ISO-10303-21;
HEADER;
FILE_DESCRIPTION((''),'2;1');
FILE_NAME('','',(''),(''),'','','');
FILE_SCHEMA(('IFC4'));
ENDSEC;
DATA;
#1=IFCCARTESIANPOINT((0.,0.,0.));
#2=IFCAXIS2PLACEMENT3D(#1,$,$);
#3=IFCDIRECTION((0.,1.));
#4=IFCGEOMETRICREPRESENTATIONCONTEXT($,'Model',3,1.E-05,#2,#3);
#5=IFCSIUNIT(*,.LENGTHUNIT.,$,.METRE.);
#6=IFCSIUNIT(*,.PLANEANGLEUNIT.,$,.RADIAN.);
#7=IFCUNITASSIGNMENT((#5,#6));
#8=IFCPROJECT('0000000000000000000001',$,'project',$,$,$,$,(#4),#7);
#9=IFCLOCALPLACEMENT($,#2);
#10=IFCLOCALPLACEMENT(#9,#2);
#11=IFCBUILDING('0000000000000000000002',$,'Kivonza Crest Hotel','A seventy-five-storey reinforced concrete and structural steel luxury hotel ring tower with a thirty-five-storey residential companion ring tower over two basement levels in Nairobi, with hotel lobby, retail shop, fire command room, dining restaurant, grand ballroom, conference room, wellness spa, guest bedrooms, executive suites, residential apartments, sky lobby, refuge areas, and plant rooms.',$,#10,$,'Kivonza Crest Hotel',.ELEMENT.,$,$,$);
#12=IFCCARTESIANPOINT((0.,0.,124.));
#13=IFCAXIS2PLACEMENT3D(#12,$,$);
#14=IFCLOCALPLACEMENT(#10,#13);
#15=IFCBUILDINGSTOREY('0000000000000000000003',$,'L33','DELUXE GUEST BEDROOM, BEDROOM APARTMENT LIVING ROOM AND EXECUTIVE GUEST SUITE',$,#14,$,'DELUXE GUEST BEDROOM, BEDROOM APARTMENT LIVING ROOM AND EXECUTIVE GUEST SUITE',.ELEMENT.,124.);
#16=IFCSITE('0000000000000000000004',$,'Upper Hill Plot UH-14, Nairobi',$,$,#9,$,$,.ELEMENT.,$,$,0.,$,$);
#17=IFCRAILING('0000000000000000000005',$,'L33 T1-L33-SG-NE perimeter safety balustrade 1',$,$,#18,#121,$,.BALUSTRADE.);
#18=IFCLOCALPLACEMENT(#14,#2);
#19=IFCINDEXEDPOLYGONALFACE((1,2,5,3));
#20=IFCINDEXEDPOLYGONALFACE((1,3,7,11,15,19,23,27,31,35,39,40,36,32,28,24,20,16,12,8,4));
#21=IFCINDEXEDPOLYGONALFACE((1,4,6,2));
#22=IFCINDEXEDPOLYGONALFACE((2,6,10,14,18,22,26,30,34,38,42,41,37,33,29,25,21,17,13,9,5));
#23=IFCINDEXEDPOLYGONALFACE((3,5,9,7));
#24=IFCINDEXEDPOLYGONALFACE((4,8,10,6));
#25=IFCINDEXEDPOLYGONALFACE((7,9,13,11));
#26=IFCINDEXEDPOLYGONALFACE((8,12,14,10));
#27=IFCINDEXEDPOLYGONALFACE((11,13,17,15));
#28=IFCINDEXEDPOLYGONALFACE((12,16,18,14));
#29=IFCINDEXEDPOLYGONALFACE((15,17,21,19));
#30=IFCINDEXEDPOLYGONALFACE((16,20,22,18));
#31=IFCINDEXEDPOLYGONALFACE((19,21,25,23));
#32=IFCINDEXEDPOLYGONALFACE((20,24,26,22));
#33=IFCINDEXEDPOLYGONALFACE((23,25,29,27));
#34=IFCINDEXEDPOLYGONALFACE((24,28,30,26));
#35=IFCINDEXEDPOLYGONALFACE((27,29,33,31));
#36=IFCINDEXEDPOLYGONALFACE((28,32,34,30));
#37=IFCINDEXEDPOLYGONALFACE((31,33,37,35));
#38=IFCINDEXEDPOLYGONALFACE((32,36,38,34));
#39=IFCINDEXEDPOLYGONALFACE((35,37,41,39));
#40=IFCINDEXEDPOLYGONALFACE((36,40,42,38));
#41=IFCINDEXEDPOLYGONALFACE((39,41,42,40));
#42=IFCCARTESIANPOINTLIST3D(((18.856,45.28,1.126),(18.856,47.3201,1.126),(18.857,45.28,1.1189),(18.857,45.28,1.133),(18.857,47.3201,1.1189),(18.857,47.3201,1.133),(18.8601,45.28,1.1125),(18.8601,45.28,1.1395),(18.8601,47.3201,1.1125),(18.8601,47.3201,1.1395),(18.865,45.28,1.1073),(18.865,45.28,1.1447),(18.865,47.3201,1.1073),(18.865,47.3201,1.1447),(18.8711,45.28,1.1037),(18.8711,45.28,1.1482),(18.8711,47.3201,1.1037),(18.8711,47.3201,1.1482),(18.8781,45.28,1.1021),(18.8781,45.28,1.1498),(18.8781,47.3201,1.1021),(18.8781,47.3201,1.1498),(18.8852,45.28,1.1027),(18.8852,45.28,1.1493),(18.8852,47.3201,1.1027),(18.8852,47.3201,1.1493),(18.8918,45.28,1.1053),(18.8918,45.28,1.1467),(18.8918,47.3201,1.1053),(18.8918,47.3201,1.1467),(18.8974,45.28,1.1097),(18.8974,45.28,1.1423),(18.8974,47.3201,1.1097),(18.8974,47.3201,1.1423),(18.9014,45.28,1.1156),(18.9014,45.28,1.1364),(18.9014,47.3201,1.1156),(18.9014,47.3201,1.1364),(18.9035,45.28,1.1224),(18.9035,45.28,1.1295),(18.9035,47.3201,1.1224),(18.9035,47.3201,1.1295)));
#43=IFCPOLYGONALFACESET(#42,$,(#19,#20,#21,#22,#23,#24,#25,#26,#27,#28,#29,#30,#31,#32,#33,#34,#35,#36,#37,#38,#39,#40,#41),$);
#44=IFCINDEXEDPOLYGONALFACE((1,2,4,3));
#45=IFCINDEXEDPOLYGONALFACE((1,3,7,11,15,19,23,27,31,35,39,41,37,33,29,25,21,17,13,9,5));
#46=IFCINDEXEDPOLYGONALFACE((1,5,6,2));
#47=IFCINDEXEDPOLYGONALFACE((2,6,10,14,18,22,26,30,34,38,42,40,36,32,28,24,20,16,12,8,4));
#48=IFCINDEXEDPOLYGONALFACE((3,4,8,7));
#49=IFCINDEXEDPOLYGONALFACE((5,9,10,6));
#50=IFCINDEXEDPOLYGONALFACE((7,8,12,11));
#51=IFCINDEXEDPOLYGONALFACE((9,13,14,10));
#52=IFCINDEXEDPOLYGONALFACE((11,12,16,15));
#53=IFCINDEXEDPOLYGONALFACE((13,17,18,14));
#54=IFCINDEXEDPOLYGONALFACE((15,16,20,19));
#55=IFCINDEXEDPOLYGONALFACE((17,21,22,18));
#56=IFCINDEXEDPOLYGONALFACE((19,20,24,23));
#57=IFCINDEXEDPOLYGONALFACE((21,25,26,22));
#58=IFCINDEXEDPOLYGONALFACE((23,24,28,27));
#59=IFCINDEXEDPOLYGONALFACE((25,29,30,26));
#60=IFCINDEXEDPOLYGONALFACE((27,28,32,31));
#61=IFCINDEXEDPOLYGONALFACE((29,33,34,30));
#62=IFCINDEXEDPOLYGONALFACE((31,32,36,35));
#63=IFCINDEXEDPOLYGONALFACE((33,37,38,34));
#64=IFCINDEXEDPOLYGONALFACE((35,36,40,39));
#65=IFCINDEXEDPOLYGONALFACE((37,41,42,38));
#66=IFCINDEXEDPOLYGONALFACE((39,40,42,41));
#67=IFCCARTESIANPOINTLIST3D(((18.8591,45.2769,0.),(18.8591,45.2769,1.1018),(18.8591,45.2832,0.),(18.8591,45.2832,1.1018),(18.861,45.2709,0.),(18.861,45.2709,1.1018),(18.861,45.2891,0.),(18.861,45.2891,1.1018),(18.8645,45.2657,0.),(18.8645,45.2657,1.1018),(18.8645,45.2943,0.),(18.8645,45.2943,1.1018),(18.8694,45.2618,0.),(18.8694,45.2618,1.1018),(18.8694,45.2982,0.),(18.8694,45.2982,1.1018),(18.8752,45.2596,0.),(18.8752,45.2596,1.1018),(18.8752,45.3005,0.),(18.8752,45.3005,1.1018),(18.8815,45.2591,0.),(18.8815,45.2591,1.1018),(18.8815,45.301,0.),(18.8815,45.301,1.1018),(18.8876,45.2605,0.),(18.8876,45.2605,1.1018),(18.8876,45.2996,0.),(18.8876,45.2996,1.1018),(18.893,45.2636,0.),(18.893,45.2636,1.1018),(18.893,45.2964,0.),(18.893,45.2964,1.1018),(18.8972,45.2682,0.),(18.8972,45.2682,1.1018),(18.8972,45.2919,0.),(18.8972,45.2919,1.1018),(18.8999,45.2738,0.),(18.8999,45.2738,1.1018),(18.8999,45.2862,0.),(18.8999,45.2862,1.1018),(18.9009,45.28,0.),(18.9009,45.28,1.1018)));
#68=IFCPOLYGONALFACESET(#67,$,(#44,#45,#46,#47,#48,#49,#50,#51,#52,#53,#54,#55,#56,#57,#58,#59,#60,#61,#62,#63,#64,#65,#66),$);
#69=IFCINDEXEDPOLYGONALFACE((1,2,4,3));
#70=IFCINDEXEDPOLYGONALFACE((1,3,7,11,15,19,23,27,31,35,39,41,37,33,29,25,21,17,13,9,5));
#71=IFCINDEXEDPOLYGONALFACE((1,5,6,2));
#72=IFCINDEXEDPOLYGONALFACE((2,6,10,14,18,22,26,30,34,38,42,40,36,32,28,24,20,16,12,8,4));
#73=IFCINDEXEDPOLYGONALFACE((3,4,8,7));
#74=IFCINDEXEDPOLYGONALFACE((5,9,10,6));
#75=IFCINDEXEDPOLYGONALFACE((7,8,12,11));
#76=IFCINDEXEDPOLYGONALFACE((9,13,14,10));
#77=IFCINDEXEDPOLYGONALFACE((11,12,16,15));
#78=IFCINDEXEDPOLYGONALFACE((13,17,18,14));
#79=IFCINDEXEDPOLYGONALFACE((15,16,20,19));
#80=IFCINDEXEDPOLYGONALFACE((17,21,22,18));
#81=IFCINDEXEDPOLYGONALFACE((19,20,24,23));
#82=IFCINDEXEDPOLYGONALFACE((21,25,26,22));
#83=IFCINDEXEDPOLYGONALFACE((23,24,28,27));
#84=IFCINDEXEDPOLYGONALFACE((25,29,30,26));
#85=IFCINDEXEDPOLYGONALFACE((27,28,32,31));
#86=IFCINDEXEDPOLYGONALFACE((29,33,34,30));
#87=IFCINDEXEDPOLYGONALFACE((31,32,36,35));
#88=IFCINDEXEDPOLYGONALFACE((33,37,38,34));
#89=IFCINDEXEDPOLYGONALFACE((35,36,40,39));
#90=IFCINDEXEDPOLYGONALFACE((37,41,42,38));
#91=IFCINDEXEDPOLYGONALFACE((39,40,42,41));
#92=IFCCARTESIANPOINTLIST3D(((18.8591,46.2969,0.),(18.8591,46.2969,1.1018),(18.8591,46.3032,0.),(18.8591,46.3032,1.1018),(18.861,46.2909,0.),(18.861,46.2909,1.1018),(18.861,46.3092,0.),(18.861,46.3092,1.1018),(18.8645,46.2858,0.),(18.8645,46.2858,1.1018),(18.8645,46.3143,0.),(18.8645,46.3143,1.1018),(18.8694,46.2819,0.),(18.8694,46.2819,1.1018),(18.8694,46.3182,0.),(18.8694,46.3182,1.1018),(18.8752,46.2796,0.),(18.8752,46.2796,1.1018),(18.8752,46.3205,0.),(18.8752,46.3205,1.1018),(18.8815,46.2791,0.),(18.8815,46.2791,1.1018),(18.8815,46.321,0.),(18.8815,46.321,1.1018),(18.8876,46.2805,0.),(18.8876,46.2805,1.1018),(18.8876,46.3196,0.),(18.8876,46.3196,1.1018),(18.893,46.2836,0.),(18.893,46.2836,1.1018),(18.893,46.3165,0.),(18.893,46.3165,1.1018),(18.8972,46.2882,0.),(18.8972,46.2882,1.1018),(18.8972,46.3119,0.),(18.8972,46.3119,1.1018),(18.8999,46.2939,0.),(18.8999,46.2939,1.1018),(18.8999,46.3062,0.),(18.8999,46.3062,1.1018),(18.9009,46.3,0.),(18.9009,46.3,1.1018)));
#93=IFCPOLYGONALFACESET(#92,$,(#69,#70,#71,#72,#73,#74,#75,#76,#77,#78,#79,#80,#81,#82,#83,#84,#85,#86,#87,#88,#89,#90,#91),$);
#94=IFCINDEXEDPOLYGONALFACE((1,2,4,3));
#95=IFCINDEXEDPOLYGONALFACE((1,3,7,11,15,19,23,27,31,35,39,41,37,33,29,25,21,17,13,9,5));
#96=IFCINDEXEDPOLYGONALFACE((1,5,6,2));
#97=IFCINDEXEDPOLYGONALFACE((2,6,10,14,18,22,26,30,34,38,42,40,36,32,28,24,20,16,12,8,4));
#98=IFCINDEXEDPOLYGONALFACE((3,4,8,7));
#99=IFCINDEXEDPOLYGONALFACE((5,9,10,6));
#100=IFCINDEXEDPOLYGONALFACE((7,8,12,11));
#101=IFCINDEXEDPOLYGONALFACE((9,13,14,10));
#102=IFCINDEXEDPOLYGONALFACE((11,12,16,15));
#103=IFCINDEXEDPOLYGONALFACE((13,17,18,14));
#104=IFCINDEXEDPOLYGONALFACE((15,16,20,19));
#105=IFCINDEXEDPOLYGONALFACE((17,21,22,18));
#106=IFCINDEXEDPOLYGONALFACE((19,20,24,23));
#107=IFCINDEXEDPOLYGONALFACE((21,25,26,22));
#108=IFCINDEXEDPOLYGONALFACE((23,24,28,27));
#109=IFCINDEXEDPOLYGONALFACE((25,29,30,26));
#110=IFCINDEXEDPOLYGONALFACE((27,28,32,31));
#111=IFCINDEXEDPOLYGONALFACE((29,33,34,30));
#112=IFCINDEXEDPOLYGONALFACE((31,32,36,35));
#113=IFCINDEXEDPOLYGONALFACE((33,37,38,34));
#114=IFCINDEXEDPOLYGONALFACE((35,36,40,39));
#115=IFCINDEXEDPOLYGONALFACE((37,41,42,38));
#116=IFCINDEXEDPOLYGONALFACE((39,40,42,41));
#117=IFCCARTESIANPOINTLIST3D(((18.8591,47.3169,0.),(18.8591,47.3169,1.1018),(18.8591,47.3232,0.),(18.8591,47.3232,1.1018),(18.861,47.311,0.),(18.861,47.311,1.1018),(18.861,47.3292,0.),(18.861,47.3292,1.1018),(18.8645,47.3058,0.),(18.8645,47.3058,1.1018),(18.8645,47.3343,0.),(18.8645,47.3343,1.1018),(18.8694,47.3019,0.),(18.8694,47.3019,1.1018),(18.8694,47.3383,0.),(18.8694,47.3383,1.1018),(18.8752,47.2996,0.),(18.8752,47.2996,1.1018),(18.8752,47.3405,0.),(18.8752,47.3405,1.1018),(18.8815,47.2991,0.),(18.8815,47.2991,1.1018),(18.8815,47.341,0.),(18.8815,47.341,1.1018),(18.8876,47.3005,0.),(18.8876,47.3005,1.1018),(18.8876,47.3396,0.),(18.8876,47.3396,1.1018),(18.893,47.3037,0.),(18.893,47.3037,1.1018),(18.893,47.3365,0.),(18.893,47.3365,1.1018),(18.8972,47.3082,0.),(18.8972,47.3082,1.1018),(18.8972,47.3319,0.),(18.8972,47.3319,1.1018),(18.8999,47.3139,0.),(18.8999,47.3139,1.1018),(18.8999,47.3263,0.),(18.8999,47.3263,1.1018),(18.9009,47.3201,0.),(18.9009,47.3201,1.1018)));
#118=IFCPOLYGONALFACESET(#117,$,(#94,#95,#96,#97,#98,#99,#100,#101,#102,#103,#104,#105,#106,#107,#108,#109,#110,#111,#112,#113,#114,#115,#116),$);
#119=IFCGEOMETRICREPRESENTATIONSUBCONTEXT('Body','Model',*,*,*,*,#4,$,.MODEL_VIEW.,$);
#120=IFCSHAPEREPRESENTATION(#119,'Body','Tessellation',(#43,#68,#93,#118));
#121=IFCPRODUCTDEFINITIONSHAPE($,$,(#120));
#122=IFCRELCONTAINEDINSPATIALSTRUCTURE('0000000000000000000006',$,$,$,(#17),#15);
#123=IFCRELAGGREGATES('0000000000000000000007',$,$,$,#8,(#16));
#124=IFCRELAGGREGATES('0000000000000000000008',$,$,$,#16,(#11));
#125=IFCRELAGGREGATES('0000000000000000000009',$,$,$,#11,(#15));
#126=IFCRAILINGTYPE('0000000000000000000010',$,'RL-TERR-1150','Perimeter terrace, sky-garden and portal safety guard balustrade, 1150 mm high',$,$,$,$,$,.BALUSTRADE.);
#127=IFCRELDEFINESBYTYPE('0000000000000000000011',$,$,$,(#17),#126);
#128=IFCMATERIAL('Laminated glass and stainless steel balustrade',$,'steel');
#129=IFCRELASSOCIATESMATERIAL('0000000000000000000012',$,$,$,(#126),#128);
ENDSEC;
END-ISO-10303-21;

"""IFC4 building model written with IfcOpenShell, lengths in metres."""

from ifc_helpers import new_model, si_unit, direction, frame, origin, origin_2d, place, context, subcontext, project, spatial, circle, extrude, material, type_object, element, save


model = new_model("IFC4")

# Units and contexts
model_context = context("Model", 3, precision=1e-05, world=origin(), true_north=direction((0.0, 1.0)))
body_context = subcontext(model_context, "Body", "Model", "MODEL_VIEW")
ifc_project = project(units=[si_unit("LENGTHUNIT", "METRE"), si_unit("PLANEANGLEUNIT", "RADIAN")], contexts=[model_context])

# Site, building, storey
site_placement = place(None, origin())
site = spatial("IfcSite", under=ifc_project, at=site_placement, Name="Upper Hill Plot UH-14, Nairobi", CompositionType="ELEMENT", RefElevation=0.0)
building_placement = place(site_placement, origin())
building = spatial("IfcBuilding", under=site, at=building_placement, Name="Kivonza Crest Hotel", Description="A seventy-five-storey reinforced concrete and structural steel luxury hotel ring tower with a thirty-five-storey residential companion ring tower over two basement levels in Nairobi, with hotel lobby, retail shop, fire command room, dining restaurant, grand ballroom, conference room, wellness spa, guest bedrooms, executive suites, residential apartments, sky lobby, refuge areas, and plant rooms.", LongName="Kivonza Crest Hotel", CompositionType="ELEMENT")
storey_placement = place(building_placement, frame((0.0, 0.0, 124.0)))
storey = spatial("IfcBuildingStorey", under=building, at=storey_placement, Name="L33", Description="DELUXE GUEST BEDROOM, BEDROOM APARTMENT LIVING ROOM AND EXECUTIVE GUEST SUITE", LongName="DELUXE GUEST BEDROOM, BEDROOM APARTMENT LIVING ROOM AND EXECUTIVE GUEST SUITE", CompositionType="ELEMENT", Elevation=124.0)

# Railing
ifc_material_1 = material(Name="Laminated glass and stainless steel balustrade", Category="steel")
railing_type = type_object("IfcRailingType", Name="RL-TERR-1150", Description="Perimeter terrace, sky-garden and portal safety guard balustrade, 1150 mm high", PredefinedType="BALUSTRADE", material=ifc_material_1)
railing_1_placement = place(storey_placement, frame((18.8799, 45.28, 0.0)))
element("IfcRailing", 1, at=railing_1_placement, inside=storey, type_object=railing_type, Name="L33 T1-L33-SG-NE perimeter safety balustrade 1", PredefinedType="BALUSTRADE", context=body_context, shape_type="SweptSolid", body=[
    extrude(circle(Radius=0.0239, at=origin_2d()), frame((0.0, 0.0, 1.126), z_axis=(0.0, 1.0, 0.0), x_axis=(-1.0, 0.0, 0.0)), (0.0, 0.0, 1.0), 2.04),
    extrude(circle(Radius=0.021, at=origin_2d()), origin(), (0.0, 0.0, 1.0), 1.1018),
    extrude(circle(Radius=0.021, at=origin_2d()), frame((0.0, 1.02, 0.0)), (0.0, 0.0, 1.0), 1.1018),
    extrude(circle(Radius=0.021, at=origin_2d()), frame((0.0, 2.04, 0.0)), (0.0, 0.0, 1.0), 1.1018),
])

save(model, "model.ifc")
